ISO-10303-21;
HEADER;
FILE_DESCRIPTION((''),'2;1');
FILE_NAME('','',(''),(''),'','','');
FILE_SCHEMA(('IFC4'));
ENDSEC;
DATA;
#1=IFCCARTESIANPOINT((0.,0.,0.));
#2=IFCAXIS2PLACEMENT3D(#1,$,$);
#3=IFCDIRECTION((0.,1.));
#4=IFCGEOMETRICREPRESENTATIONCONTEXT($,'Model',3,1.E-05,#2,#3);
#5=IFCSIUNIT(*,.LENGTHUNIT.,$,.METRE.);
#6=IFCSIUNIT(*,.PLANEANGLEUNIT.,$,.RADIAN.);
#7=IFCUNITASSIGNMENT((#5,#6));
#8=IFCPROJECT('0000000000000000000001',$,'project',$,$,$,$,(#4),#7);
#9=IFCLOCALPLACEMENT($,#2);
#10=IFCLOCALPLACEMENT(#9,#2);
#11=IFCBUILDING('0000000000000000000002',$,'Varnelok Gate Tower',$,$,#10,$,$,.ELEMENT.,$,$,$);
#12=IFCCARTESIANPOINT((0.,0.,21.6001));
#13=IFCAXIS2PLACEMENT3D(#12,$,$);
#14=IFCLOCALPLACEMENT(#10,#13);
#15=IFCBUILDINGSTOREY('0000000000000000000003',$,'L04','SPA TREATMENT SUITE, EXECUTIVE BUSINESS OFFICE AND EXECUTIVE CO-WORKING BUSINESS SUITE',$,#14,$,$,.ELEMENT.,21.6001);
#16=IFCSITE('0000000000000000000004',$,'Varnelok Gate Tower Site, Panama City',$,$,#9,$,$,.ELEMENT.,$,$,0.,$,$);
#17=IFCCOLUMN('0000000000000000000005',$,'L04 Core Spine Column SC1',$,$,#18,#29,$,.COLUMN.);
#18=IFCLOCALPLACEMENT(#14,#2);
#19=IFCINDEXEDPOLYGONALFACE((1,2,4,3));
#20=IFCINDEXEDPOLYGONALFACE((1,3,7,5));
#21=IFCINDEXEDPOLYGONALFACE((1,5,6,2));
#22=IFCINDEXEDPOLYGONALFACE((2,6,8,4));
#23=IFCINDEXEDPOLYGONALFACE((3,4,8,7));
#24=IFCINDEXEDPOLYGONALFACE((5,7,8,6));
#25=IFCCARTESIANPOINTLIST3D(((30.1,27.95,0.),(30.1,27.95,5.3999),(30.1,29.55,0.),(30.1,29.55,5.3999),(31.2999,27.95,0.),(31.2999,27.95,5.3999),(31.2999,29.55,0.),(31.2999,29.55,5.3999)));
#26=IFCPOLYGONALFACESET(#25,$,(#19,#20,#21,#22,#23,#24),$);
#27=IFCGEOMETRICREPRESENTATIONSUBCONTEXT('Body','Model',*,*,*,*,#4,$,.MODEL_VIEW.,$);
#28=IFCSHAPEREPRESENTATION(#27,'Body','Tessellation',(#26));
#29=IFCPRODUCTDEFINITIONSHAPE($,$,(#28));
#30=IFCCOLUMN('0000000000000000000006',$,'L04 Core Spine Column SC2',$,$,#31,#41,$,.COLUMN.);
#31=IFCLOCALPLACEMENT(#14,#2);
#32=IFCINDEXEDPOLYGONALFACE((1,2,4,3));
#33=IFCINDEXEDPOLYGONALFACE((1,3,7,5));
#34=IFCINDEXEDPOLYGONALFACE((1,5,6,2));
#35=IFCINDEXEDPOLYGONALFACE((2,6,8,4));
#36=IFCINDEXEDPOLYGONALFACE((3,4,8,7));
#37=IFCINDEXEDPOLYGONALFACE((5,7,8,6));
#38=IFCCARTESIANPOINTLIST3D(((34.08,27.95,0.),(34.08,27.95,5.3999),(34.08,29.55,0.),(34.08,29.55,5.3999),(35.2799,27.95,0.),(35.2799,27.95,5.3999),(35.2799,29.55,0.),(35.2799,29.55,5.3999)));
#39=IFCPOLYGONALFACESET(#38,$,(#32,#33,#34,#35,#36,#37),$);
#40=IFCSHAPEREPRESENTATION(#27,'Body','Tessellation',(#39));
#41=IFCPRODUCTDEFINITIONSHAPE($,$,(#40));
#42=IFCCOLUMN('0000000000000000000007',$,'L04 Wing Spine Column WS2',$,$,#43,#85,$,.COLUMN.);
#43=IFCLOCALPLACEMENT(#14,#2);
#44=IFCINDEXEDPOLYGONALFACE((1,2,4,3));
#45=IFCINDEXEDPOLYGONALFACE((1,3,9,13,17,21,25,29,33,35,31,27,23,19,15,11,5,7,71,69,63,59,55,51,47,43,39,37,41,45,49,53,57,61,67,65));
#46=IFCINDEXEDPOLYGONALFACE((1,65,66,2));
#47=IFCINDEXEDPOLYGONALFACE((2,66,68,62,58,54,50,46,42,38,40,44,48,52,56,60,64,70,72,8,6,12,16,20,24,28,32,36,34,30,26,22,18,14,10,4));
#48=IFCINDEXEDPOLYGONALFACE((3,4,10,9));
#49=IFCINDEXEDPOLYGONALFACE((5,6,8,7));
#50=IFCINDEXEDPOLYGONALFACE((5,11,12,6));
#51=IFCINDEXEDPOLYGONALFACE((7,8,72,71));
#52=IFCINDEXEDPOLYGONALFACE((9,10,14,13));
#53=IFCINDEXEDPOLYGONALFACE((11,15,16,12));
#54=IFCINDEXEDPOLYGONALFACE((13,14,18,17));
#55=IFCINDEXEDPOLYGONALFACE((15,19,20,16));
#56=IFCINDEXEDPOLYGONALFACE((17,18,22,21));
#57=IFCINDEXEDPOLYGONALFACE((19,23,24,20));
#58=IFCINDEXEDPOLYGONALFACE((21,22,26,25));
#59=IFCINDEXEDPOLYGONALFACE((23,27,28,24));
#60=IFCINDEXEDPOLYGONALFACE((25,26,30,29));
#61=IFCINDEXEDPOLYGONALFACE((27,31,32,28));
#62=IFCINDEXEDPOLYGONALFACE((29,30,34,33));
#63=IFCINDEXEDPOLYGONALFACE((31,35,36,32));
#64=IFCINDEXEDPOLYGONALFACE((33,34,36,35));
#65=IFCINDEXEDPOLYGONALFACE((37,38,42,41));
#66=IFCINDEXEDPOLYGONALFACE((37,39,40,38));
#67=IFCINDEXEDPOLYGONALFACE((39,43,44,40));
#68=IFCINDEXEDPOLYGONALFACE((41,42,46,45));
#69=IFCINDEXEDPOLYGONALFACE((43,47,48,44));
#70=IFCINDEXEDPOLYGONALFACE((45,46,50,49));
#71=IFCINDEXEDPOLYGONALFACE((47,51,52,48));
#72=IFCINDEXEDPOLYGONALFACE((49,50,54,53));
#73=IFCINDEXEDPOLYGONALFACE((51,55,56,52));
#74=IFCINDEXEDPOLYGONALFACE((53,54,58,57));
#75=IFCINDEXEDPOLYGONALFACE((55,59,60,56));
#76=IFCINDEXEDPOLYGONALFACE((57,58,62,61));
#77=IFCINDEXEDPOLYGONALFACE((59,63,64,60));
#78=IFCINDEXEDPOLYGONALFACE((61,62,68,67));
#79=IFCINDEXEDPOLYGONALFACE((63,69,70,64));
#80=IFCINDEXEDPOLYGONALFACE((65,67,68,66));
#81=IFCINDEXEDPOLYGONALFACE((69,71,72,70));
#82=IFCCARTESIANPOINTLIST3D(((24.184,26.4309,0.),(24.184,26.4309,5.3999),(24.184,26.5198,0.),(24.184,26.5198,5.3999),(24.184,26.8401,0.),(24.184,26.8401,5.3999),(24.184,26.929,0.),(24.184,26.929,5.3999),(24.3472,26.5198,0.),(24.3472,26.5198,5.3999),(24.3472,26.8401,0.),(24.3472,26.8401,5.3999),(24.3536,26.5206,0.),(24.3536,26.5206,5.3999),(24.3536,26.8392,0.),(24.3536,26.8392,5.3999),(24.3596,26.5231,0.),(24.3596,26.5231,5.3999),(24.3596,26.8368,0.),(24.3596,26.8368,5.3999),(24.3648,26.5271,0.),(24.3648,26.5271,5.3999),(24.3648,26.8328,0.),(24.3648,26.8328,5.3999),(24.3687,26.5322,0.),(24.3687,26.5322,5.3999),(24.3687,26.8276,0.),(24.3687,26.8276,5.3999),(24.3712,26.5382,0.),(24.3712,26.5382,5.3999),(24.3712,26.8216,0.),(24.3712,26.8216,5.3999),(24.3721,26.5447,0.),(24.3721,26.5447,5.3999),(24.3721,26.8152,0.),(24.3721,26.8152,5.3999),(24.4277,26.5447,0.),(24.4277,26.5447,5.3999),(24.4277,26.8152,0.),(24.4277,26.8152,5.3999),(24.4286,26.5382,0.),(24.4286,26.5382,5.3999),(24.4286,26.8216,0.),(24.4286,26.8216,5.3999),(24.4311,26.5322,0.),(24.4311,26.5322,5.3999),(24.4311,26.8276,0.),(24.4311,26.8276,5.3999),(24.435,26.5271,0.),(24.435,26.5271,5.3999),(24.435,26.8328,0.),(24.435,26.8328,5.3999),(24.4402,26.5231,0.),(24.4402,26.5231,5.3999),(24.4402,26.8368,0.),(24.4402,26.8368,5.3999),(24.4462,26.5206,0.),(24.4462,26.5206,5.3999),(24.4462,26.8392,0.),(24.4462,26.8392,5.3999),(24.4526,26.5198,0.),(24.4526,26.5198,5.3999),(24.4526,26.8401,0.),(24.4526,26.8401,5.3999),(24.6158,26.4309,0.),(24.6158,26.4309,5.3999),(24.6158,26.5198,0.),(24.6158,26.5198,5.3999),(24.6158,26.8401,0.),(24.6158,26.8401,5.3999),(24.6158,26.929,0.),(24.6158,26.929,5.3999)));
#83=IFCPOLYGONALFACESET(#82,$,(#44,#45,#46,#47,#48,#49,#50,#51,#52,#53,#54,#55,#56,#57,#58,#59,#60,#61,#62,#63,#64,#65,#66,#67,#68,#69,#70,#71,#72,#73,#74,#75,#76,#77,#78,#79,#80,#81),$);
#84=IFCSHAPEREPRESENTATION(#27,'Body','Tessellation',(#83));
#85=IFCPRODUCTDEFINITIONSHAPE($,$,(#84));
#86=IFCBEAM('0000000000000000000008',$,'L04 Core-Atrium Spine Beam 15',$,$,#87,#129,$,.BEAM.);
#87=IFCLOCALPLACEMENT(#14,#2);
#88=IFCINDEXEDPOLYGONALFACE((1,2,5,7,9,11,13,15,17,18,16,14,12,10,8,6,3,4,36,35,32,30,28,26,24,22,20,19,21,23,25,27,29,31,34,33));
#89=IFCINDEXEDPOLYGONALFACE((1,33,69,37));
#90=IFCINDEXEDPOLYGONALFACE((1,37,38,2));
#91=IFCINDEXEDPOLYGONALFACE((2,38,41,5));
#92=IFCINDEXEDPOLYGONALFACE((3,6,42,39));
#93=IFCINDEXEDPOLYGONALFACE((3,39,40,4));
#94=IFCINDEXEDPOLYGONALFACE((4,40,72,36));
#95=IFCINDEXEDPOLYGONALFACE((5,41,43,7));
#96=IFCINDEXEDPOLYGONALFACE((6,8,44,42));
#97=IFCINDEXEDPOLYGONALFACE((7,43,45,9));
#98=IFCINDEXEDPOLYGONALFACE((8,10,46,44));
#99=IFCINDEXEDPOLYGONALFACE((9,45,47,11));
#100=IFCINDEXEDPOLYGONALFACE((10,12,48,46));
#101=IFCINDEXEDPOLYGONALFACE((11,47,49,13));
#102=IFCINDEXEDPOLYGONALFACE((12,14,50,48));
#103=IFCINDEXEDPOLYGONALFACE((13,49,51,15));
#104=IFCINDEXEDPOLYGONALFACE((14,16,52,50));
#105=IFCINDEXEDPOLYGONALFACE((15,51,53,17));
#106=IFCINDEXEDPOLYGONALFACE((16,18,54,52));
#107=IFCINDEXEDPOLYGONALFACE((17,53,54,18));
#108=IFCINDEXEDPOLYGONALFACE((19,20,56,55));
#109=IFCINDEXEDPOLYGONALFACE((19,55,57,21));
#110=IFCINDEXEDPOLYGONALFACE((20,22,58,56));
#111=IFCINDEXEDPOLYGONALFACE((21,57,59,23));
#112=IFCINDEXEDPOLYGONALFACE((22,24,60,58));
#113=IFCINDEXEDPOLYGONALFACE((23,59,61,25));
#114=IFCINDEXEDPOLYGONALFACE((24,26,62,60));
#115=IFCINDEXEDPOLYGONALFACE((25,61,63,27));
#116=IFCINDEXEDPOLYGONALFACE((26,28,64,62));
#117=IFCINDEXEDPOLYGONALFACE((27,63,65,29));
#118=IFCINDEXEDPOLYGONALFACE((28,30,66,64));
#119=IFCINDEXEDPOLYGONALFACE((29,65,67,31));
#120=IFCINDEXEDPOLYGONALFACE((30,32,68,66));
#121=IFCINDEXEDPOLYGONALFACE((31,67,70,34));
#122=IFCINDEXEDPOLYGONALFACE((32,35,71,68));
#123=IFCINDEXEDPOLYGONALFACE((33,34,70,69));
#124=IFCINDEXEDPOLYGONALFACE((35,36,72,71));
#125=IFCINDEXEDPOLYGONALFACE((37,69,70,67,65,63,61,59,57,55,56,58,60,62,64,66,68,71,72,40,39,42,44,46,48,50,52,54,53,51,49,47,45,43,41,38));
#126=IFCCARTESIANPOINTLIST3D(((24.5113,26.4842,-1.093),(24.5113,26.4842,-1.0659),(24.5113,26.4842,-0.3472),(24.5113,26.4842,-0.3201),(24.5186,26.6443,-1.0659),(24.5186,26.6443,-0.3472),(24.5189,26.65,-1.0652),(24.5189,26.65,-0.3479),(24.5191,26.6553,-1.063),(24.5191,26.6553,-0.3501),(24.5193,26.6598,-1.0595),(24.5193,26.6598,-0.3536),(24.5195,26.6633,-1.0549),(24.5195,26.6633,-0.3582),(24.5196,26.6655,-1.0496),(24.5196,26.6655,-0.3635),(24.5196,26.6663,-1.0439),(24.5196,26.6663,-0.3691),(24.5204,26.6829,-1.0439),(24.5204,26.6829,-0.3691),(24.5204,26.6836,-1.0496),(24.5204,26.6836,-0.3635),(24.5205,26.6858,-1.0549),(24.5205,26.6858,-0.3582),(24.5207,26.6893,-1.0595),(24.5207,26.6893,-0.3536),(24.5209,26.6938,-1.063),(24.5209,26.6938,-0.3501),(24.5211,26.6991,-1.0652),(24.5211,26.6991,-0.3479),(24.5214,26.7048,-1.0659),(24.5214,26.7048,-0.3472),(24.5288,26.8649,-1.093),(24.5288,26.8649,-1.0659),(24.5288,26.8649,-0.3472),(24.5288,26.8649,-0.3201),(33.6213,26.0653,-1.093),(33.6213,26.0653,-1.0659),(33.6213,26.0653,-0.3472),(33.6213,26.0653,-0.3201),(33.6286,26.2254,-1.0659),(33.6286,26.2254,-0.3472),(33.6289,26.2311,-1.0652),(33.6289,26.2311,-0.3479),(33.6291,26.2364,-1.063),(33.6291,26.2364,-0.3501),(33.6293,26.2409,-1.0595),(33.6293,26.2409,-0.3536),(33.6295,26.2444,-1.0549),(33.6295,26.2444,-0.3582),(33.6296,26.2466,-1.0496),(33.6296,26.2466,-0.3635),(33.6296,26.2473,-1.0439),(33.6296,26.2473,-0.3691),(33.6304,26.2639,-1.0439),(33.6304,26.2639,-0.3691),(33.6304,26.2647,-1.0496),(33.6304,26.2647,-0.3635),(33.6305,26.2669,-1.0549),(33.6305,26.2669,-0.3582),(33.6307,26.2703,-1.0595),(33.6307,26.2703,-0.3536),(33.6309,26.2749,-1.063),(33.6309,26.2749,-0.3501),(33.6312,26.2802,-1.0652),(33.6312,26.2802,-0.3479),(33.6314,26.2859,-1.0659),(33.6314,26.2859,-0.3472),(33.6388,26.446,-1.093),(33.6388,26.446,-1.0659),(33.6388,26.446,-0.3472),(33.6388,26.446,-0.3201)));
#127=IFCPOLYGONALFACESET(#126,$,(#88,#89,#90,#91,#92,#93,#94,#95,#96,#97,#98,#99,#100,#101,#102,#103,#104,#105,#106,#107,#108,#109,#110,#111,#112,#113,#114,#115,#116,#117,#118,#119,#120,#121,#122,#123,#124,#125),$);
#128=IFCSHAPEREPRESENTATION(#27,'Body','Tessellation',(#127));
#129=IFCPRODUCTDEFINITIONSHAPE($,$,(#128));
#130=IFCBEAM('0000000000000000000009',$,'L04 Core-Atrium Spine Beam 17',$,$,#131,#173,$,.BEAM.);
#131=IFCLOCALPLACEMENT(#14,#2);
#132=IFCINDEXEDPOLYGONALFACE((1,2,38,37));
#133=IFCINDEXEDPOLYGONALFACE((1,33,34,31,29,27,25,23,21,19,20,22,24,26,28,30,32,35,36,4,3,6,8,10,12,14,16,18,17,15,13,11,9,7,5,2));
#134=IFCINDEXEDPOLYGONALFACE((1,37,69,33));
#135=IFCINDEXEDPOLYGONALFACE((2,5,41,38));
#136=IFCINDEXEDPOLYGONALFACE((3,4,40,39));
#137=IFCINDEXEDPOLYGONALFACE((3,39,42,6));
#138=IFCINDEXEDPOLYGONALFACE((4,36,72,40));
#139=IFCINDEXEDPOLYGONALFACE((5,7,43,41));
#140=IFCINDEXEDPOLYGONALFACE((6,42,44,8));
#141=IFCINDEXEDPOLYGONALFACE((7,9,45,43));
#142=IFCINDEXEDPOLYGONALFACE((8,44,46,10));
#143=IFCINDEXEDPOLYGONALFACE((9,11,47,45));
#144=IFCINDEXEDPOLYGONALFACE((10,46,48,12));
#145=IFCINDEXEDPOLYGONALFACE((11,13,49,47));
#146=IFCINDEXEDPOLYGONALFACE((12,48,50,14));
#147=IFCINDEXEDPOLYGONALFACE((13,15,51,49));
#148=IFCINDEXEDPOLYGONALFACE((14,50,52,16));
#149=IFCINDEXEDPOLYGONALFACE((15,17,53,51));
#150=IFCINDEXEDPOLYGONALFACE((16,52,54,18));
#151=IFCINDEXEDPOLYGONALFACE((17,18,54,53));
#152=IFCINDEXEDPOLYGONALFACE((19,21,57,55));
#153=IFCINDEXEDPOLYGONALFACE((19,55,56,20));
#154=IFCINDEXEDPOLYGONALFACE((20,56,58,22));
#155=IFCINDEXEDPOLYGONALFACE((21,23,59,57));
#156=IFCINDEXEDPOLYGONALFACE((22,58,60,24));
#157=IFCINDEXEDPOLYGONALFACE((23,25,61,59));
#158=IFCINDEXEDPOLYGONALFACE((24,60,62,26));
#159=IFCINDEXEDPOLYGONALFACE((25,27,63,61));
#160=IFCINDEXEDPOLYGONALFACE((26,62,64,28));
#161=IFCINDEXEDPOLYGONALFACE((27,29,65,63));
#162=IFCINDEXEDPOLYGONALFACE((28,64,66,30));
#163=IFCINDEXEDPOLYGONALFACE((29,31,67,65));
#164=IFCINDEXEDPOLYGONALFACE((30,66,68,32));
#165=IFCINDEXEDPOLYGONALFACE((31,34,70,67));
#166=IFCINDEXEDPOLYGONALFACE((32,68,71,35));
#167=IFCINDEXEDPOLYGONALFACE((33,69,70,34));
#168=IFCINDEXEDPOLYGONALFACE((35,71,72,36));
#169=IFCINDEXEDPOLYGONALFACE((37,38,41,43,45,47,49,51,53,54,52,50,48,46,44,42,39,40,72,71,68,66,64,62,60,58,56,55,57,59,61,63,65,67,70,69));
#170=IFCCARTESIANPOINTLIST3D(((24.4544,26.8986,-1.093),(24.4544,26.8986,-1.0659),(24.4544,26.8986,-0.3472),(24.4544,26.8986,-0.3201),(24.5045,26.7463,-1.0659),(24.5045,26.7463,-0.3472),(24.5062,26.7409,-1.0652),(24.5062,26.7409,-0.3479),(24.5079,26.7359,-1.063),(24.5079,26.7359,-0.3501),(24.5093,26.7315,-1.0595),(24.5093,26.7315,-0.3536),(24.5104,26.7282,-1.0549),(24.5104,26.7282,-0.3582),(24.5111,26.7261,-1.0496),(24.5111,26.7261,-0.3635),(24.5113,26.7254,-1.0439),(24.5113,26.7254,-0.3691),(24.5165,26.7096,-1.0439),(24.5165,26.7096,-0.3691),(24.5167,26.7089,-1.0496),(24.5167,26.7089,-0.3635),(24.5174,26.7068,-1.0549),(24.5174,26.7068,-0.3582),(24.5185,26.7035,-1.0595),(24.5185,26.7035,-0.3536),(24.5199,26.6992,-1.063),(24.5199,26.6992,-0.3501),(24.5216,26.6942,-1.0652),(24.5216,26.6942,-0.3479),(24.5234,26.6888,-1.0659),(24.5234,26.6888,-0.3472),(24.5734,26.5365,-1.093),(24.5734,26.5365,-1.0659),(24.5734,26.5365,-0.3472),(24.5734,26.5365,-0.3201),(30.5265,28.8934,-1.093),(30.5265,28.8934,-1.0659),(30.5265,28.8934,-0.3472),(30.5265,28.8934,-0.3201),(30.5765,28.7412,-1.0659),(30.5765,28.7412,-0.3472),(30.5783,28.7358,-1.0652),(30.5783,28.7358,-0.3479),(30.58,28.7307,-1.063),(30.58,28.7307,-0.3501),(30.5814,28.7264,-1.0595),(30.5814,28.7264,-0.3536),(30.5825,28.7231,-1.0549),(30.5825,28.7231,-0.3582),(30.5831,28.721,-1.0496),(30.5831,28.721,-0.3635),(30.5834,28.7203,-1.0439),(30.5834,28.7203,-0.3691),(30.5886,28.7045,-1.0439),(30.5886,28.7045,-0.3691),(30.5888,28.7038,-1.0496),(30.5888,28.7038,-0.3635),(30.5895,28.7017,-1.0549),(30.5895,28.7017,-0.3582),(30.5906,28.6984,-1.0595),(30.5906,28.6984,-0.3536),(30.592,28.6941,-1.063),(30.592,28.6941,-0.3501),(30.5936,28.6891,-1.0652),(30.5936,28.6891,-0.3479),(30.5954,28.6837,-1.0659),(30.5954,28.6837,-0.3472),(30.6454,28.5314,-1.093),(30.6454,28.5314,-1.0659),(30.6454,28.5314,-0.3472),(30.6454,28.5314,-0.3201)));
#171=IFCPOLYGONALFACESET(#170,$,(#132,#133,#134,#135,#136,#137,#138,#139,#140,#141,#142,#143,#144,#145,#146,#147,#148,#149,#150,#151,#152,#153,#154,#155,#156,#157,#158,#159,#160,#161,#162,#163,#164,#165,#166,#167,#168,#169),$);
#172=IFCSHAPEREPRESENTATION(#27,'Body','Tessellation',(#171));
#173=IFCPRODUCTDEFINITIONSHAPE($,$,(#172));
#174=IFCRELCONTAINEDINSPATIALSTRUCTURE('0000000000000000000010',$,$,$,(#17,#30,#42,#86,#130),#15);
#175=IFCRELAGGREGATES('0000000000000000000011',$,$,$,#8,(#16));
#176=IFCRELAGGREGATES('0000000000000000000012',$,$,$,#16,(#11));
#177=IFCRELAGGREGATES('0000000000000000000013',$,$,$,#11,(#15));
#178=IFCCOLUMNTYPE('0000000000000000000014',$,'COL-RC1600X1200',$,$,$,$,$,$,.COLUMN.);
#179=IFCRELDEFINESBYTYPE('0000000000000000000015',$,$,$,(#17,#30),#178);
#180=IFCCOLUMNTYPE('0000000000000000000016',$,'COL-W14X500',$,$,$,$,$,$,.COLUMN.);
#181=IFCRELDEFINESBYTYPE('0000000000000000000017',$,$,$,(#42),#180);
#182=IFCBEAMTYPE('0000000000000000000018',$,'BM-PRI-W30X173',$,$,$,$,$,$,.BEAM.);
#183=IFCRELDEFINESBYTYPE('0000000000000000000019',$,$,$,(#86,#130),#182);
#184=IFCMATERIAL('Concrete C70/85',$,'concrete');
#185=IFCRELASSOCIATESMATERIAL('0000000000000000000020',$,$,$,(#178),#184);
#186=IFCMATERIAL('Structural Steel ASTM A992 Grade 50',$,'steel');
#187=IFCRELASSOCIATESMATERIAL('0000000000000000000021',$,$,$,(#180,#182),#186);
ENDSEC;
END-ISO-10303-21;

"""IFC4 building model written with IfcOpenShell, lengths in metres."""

from ifc_helpers import new_model, si_unit, direction, frame, origin, origin_2d, place, context, subcontext, project, spatial, rectangle, i_section, extrude, material, material_profile, profile_set, type_object, element, save


model = new_model("IFC4")

# Units and contexts
model_context = context("Model", 3, precision=1e-05, world=origin(), true_north=direction((0.0, 1.0)))
body_context = subcontext(model_context, "Body", "Model", "MODEL_VIEW")
ifc_project = project(units=[si_unit("LENGTHUNIT", "METRE"), si_unit("PLANEANGLEUNIT", "RADIAN")], contexts=[model_context])

# Site, building, storey
site_placement = place(None, origin())
site = spatial("IfcSite", under=ifc_project, at=site_placement, Name="Varnelok Gate Tower Site, Panama City", CompositionType="ELEMENT", RefElevation=0.0)
building_placement = place(site_placement, origin())
building = spatial("IfcBuilding", under=site, at=building_placement, Name="Varnelok Gate Tower", CompositionType="ELEMENT")
storey_placement = place(building_placement, frame((0.0, 0.0, 21.6001)))
storey = spatial("IfcBuildingStorey", under=building, at=storey_placement, Name="L04", Description="SPA TREATMENT SUITE, EXECUTIVE BUSINESS OFFICE AND EXECUTIVE CO-WORKING BUSINESS SUITE", CompositionType="ELEMENT", Elevation=21.6001)

# Columns
ifc_material_1 = material(Name="Concrete C70/85", Category="concrete")
ifc_material_profile_1 = material_profile(ifc_material_1, rectangle(XDim=1.2, YDim=1.6001, at=origin_2d()), Name="RC1600X1200")
ifc_profile_set_1 = profile_set([ifc_material_profile_1], Name="Concrete C70/85")
column_type_1 = type_object("IfcColumnType", Name="COL-RC1600X1200", PredefinedType="COLUMN", material=ifc_profile_set_1)
for number, where, z_axis, x_axis, name in (
    (1, (30.7, 28.75, 0.0), (0.0, 0.0, 1.0), (1.0, 0.0, 0.0), "L04 Core Spine Column SC1"),
    (2, (34.6799, 28.75, 0.0), (0.0, 0.0, 1.0), (1.0, 0.0, 0.0), "L04 Core Spine Column SC2"),
):
    element("IfcColumn", number, at=place(storey_placement, frame(where, z_axis=z_axis, x_axis=x_axis)), inside=storey, type_object=column_type_1, Name=name, PredefinedType="COLUMN", context=body_context, shape_type="SweptSolid", body=[
        extrude(rectangle(XDim=1.2, YDim=1.6001, at=origin_2d()), origin(), (0.0, 0.0, 1.0), 5.3999),
    ])
ifc_material_2 = material(Name="Structural Steel ASTM A992 Grade 50", Category="steel")
ifc_material_profile_2 = material_profile(ifc_material_2, i_section(OverallWidth=0.4319, OverallDepth=0.498, WebThickness=0.0557, FlangeThickness=0.0889, FilletRadius=0.0249, at=origin_2d()), Name="W14X500")
ifc_profile_set_2 = profile_set([ifc_material_profile_2], Name="Structural Steel ASTM A992 Grade 50")
column_type_2 = type_object("IfcColumnType", Name="COL-W14X500", PredefinedType="COLUMN", material=ifc_profile_set_2)
column_placement = place(storey_placement, frame((24.3999, 26.6799, 0.0), z_axis=(0.0, 0.0, 1.0), x_axis=(1.0, 0.0, 0.0)))
element("IfcColumn", 3, at=column_placement, inside=storey, type_object=column_type_2, Name="L04 Wing Spine Column WS2", PredefinedType="COLUMN", context=body_context, shape_type="SweptSolid", body=[
    extrude(i_section(OverallWidth=0.4319, OverallDepth=0.498, WebThickness=0.0557, FlangeThickness=0.0889, FilletRadius=0.0249, at=origin_2d()), origin(), (0.0, 0.0, 1.0), 5.3999),
])

# Beams
ifc_material_profile_3 = material_profile(ifc_material_2, i_section(OverallWidth=0.3811, OverallDepth=0.7729, WebThickness=0.0166, FlangeThickness=0.0271, FilletRadius=0.022, at=origin_2d()), Name="W30X173")
ifc_profile_set_3 = profile_set([ifc_material_profile_3], Name="Structural Steel ASTM A992 Grade 50")
beam_type_1 = type_object("IfcBeamType", Name="BM-PRI-W30X173", PredefinedType="BEAM", material=ifc_profile_set_3)
beam_1_placement = place(storey_placement, frame((24.52, 26.6746, -0.7065), z_axis=(0.998944, -0.045938, 0.0), x_axis=(0.045938, 0.998944, 0.0)))
element("IfcBeam", 4, at=beam_1_placement, inside=storey, type_object=beam_type_1, Name="L04 Core-Atrium Spine Beam 15", PredefinedType="BEAM", context=body_context, shape_type="SweptSolid", body=[
    extrude(i_section(OverallWidth=0.3811, OverallDepth=0.7729, WebThickness=0.0166, FlangeThickness=0.0271, FilletRadius=0.022, at=origin_2d()), origin(), (0.0, 0.0, 1.0), 9.1196),
])
beam_2_placement = place(storey_placement, frame((24.5139, 26.7175, -0.7065), z_axis=(0.950042, 0.312122, 0.0), x_axis=(-0.312122, 0.950042, 0.0)))
element("IfcBeam", 5, at=beam_2_placement, inside=storey, type_object=beam_type_1, Name="L04 Core-Atrium Spine Beam 17", PredefinedType="BEAM", context=body_context, shape_type="SweptSolid", body=[
    extrude(i_section(OverallWidth=0.3811, OverallDepth=0.7729, WebThickness=0.0166, FlangeThickness=0.0271, FilletRadius=0.022, at=origin_2d()), origin(), (0.0, 0.0, 1.0), 6.3914),
])

save(model, "model.ifc")
